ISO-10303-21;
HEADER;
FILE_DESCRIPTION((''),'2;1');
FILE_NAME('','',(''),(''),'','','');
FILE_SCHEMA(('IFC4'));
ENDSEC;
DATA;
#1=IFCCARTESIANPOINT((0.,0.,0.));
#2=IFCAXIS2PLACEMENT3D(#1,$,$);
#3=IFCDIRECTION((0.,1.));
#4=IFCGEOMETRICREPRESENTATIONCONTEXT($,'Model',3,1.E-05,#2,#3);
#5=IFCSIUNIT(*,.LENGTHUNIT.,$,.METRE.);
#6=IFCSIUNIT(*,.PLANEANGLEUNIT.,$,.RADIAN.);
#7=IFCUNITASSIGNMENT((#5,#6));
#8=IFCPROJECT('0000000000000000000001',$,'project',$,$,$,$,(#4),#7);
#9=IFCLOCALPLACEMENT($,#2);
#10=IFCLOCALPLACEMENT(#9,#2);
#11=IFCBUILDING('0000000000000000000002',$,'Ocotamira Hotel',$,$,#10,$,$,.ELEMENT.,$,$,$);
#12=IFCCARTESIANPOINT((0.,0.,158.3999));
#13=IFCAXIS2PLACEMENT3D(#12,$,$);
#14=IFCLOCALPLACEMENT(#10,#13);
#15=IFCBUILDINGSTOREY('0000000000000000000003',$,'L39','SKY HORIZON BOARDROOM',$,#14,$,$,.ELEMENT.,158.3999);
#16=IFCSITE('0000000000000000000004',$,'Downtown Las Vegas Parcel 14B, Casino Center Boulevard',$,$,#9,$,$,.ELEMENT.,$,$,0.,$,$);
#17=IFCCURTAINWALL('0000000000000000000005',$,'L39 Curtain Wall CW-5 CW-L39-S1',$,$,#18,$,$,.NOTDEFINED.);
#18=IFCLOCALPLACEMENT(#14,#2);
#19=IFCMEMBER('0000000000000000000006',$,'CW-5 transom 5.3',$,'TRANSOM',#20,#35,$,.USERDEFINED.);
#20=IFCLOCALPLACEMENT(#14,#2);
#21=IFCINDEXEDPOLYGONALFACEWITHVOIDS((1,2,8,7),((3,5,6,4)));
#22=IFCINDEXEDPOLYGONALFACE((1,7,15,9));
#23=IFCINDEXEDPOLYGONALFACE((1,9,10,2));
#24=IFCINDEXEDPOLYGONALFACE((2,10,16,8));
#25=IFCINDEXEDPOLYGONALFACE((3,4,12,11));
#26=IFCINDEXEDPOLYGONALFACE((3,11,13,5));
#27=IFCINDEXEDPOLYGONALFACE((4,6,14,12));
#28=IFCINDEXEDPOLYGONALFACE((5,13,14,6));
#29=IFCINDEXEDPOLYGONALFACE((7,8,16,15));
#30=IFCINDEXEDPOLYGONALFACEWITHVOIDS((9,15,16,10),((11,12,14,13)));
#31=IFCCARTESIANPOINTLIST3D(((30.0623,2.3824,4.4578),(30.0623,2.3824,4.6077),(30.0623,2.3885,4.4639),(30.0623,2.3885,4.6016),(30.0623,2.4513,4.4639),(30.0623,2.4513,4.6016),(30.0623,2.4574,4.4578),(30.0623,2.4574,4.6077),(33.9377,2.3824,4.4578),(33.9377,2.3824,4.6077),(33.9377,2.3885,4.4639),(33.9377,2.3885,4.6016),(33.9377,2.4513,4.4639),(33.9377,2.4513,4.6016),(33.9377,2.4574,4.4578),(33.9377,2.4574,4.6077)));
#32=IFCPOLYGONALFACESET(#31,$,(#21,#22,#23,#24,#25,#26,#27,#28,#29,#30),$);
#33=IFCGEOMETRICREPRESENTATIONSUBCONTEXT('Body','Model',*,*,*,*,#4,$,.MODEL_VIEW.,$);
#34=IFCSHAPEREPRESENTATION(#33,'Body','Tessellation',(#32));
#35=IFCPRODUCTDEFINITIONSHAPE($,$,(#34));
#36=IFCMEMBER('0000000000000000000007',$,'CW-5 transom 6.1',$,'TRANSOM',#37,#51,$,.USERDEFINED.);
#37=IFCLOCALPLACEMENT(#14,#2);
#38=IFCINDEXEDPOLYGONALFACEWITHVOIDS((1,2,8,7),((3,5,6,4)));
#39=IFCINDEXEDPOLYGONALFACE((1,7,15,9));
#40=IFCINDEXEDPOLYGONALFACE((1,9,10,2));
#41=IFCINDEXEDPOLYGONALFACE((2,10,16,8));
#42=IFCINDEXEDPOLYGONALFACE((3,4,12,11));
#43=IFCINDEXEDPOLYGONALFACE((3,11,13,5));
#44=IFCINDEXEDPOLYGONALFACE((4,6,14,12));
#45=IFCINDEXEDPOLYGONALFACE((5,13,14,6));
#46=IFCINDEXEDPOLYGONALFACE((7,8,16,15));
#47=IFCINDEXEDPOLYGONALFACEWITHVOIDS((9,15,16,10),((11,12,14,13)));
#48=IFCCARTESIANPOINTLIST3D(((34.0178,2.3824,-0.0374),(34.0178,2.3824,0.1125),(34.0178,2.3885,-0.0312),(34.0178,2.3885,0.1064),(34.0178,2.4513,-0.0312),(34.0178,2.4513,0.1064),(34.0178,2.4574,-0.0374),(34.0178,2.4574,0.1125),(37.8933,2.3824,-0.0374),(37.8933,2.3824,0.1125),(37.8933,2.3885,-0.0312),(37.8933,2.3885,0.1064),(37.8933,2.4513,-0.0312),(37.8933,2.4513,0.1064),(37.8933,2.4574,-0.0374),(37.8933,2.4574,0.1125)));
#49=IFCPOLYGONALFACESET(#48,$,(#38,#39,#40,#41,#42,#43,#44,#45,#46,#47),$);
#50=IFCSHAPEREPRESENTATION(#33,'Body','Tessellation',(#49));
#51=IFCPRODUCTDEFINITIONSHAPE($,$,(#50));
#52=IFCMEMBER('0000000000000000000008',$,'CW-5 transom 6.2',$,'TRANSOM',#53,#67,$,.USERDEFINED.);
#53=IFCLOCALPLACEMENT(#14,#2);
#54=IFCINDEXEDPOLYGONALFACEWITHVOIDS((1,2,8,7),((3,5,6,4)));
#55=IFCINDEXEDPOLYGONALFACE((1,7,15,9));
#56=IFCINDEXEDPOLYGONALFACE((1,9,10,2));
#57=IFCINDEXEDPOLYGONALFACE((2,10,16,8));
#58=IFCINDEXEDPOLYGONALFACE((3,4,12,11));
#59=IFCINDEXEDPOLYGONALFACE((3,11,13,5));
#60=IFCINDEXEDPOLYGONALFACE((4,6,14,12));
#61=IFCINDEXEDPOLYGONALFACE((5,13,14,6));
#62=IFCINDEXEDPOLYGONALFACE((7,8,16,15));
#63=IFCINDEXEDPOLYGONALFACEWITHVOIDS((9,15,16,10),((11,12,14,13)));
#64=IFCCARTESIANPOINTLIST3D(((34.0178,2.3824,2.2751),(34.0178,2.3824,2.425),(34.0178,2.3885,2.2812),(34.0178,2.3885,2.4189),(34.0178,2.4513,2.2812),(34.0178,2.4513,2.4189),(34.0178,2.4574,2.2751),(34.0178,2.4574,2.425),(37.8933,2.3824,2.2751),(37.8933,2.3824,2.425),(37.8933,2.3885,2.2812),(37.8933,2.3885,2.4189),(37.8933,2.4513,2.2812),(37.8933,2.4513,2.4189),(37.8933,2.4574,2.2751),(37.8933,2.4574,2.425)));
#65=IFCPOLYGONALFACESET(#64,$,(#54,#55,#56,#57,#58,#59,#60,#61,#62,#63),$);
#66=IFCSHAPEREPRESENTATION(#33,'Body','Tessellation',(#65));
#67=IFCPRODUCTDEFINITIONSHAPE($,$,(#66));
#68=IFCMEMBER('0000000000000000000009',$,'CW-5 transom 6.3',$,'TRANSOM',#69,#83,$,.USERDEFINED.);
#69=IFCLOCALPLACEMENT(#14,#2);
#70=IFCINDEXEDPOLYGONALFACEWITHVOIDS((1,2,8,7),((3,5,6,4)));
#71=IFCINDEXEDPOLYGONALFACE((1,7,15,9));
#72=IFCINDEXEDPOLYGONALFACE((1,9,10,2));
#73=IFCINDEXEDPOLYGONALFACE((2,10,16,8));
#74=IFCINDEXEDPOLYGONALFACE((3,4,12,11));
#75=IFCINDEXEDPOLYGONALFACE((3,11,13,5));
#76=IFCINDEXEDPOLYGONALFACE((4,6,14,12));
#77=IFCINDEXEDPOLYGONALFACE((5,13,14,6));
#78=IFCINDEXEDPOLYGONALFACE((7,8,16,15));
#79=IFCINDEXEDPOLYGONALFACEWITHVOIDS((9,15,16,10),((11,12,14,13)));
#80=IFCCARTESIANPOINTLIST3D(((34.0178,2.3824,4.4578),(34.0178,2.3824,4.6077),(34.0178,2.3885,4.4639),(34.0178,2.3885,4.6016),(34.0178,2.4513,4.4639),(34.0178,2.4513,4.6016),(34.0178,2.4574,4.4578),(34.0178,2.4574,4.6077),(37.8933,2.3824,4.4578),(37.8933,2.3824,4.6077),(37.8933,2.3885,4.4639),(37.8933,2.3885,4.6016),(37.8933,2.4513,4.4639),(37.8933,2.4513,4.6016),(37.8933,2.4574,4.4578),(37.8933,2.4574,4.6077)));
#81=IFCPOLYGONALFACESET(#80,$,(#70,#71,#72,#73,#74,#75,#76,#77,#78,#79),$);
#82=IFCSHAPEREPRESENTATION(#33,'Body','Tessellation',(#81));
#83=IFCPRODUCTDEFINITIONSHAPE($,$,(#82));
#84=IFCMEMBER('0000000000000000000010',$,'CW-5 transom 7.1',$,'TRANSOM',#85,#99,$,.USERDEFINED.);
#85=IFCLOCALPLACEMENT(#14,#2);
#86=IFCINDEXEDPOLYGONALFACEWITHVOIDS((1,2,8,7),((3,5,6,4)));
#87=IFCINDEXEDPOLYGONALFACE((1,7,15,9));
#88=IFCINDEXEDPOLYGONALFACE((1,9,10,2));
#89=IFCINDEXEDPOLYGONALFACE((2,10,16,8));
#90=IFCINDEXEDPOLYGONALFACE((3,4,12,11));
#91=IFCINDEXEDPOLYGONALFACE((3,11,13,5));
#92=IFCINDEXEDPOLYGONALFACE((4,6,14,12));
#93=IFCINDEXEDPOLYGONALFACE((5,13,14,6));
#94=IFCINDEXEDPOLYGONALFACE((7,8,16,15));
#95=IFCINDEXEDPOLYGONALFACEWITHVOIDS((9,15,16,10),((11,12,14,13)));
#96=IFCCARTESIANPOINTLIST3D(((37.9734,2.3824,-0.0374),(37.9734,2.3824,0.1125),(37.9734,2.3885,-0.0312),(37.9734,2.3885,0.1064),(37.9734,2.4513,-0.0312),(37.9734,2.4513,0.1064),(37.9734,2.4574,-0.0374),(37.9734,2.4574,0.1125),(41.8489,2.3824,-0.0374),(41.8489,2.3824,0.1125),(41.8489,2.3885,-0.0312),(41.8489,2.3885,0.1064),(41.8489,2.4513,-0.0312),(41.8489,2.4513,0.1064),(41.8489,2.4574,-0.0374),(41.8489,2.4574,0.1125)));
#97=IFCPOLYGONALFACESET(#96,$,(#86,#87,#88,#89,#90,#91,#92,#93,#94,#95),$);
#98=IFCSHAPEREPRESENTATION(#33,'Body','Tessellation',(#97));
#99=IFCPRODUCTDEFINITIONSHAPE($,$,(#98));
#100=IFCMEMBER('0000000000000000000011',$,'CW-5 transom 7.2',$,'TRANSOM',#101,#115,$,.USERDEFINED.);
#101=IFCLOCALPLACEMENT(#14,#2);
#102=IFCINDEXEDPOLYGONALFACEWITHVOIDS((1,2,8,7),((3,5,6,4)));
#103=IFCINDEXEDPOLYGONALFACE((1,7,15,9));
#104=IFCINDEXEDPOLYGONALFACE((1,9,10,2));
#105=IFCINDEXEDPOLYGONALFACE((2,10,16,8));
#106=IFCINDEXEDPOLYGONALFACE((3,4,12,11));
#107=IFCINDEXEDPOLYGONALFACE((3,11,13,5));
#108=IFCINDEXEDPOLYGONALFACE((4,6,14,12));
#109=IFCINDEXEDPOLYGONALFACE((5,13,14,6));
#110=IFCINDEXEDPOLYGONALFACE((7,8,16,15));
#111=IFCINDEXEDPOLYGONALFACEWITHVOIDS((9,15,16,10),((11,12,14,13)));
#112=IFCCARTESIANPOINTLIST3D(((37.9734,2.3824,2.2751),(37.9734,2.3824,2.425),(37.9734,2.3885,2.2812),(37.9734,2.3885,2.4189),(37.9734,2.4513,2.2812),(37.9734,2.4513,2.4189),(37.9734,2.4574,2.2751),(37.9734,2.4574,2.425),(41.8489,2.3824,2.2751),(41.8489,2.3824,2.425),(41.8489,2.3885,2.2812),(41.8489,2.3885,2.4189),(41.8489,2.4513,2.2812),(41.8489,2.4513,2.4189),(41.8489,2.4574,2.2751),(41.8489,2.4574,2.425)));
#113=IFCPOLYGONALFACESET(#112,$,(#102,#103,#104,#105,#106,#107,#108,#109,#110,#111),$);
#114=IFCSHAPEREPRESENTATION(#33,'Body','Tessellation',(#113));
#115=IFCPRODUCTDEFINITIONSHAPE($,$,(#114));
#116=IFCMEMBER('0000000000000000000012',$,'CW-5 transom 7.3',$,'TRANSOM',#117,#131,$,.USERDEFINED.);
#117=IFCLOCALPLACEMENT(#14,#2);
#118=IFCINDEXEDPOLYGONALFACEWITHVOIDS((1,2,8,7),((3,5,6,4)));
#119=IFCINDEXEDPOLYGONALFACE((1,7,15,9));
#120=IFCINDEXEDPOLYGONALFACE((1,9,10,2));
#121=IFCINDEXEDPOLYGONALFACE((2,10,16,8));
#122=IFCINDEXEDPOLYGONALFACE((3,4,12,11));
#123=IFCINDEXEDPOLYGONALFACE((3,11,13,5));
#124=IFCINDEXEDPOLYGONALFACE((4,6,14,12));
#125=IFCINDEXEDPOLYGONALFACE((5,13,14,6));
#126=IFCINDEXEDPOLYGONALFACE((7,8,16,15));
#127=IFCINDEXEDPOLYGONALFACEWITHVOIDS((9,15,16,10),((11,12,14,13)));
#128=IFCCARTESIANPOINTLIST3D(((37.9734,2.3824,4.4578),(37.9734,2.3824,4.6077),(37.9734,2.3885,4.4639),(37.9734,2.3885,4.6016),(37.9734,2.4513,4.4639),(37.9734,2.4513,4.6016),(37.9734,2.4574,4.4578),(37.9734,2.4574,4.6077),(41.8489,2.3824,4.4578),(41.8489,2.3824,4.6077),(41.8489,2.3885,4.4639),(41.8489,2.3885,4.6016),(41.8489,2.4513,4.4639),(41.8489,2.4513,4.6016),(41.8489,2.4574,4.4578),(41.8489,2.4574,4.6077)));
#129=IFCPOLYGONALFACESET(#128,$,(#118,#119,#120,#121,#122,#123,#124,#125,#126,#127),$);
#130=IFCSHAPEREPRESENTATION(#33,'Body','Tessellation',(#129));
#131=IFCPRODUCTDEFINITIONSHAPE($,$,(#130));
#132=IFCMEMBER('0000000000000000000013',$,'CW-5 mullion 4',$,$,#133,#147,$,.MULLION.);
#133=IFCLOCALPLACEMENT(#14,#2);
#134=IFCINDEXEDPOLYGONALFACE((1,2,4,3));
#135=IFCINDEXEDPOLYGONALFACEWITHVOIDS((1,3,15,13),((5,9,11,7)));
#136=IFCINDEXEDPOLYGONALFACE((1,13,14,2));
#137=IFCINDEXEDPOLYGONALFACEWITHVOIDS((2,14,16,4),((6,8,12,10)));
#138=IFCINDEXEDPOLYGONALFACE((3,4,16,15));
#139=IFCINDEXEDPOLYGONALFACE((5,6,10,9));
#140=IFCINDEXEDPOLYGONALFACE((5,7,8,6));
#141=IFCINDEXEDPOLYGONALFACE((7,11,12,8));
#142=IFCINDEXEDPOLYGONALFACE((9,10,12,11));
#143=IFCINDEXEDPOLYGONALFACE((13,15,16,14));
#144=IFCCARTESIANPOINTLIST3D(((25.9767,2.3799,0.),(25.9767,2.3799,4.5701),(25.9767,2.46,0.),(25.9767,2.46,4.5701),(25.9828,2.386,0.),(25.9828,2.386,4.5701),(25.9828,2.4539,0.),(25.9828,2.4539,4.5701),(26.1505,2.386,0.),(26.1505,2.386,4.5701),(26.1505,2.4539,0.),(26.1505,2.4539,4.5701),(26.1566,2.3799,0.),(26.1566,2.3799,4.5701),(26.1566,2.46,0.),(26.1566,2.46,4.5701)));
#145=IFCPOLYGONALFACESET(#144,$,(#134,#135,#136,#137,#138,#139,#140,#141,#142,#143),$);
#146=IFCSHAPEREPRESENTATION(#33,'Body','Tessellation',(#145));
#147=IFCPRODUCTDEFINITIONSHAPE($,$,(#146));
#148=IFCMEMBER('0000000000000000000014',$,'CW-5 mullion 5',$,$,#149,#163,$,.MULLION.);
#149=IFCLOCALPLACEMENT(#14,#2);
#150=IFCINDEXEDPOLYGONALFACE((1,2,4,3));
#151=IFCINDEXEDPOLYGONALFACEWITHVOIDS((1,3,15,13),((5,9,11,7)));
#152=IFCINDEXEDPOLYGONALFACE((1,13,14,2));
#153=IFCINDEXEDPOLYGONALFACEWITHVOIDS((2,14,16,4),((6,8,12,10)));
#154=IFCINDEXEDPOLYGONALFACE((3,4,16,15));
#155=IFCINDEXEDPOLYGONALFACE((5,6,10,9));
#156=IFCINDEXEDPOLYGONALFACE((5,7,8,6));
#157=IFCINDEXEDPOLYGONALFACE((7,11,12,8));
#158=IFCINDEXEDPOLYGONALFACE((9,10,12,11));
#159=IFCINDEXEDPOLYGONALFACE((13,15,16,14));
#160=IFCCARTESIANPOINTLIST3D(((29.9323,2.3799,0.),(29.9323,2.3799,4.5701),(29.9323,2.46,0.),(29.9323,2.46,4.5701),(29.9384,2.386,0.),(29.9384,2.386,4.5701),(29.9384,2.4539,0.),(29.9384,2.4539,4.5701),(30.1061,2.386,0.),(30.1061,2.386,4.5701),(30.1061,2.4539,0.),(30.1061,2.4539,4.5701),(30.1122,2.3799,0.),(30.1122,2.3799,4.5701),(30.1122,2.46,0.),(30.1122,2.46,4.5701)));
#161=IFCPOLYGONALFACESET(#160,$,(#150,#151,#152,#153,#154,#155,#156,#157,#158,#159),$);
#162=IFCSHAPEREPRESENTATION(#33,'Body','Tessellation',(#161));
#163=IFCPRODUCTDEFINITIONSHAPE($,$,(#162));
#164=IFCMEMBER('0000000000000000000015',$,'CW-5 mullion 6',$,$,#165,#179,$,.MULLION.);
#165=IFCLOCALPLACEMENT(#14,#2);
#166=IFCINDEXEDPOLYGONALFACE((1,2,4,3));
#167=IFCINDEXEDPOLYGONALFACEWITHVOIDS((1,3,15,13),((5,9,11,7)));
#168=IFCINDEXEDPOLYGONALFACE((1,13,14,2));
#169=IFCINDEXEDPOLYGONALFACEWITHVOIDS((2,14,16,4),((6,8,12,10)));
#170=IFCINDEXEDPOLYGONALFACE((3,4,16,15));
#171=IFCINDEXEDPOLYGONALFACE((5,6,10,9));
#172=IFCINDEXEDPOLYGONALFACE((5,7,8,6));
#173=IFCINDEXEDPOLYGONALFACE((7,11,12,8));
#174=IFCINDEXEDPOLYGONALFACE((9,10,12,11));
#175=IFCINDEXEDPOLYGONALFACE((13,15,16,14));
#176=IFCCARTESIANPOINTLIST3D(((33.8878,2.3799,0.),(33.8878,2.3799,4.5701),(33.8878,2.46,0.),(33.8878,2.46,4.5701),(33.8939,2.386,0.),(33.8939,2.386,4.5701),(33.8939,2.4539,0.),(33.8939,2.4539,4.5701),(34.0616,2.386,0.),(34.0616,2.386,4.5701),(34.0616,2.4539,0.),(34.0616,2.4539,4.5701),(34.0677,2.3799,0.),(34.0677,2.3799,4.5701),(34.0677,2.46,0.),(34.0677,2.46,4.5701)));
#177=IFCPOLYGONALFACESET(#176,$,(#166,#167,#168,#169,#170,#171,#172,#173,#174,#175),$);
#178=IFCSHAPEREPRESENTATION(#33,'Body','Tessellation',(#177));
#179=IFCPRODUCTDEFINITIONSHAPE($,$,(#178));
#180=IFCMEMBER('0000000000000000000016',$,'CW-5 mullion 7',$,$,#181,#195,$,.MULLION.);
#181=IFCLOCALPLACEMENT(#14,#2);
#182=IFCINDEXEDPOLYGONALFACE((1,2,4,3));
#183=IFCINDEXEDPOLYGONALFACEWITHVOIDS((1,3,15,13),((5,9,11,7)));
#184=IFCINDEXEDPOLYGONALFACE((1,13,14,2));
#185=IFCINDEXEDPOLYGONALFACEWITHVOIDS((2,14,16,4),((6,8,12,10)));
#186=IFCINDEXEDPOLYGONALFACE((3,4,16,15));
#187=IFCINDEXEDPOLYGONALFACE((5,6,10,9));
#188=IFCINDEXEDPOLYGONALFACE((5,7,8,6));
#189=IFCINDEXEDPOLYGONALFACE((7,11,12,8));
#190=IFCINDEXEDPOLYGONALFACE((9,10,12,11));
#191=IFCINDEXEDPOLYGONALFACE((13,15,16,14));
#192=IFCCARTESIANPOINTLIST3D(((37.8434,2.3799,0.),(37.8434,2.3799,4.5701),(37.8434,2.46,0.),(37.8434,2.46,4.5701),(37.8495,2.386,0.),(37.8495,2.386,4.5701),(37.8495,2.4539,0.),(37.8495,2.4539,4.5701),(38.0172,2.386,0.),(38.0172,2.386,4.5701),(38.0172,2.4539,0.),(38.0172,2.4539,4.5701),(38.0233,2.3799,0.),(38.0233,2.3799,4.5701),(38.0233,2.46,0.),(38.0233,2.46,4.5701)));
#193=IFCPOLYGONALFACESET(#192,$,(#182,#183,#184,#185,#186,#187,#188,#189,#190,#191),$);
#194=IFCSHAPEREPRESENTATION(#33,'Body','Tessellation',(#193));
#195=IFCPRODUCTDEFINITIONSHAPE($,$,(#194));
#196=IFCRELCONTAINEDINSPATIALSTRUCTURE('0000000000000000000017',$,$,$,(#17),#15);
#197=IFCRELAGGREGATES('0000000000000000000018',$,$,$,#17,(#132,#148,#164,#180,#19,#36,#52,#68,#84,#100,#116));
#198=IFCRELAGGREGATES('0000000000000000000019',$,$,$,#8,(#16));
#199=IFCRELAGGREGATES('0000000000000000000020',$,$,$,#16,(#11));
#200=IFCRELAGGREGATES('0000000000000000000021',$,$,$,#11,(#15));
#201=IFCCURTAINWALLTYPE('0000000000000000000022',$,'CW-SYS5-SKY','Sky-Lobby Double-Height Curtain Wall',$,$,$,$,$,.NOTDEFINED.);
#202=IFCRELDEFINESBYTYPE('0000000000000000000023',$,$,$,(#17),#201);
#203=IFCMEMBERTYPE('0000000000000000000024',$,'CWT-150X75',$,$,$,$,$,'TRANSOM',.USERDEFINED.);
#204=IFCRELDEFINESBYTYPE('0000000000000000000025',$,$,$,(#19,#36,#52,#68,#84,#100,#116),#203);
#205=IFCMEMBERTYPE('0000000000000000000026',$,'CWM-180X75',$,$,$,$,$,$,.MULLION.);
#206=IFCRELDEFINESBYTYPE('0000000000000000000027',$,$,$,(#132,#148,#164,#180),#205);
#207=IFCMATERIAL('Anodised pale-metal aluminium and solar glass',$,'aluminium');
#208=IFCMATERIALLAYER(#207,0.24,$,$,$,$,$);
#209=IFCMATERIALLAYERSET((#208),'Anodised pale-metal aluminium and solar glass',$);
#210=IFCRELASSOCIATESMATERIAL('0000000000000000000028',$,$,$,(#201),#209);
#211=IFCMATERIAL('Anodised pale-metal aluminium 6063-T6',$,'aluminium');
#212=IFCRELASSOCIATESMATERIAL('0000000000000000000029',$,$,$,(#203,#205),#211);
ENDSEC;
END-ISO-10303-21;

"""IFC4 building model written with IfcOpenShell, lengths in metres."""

from ifc_helpers import new_model, si_unit, direction, frame, origin, origin_2d, place, context, subcontext, project, spatial, hollow_rectangle, extrude, source, transform, mapped, material, layer, layer_set, material_profile, profile_set, type_object, element, aggregate, save


model = new_model("IFC4")

# Units and contexts
model_context = context("Model", 3, precision=1e-05, world=origin(), true_north=direction((0.0, 1.0)))
body_context = subcontext(model_context, "Body", "Model", "MODEL_VIEW")
ifc_project = project(units=[si_unit("LENGTHUNIT", "METRE"), si_unit("PLANEANGLEUNIT", "RADIAN")], contexts=[model_context])

# Site, building, storey
site_placement = place(None, origin())
site = spatial("IfcSite", under=ifc_project, at=site_placement, Name="Downtown Las Vegas Parcel 14B, Casino Center Boulevard", CompositionType="ELEMENT", RefElevation=0.0)
building_placement = place(site_placement, origin())
building = spatial("IfcBuilding", under=site, at=building_placement, Name="Ocotamira Hotel", CompositionType="ELEMENT")
storey_placement = place(building_placement, frame((0.0, 0.0, 158.3999)))
storey = spatial("IfcBuildingStorey", under=building, at=storey_placement, Name="L39", Description="SKY HORIZON BOARDROOM", CompositionType="ELEMENT", Elevation=158.3999)

# Curtain wall, members
ifc_material_1 = material(Name="Anodised pale-metal aluminium and solar glass", Category="aluminium")
ifc_layer_1 = layer(ifc_material_1, 0.24)
ifc_layer_set_1 = layer_set([ifc_layer_1], Name="Anodised pale-metal aluminium and solar glass")
curtain_wall_type = type_object("IfcCurtainWallType", Name="CW-SYS5-SKY", Description="Sky-Lobby Double-Height Curtain Wall", PredefinedType="NOTDEFINED", material=ifc_layer_set_1)
curtain_wall_placement = place(storey_placement, origin())
curtain_wall = element("IfcCurtainWall", 1, at=curtain_wall_placement, inside=storey, type_object=curtain_wall_type, Name="L39 Curtain Wall CW-5 CW-L39-S1", PredefinedType="NOTDEFINED")
ifc_material_2 = material(Name="Anodised pale-metal aluminium 6063-T6", Category="aluminium")
ifc_material_profile_1 = material_profile(ifc_material_2, hollow_rectangle(XDim=0.075, YDim=0.1499, WallThickness=0.0061, at=origin_2d()), Name="HSS150X75X6")
ifc_profile_set_1 = profile_set([ifc_material_profile_1], Name="Anodised pale-metal aluminium 6063-T6")
member_type_1 = type_object("IfcMemberType", Name="CWT-150X75", ElementType="TRANSOM", PredefinedType="USERDEFINED", material=ifc_profile_set_1)
shared_shape_1 = source(origin(), body_context, "Body", "SweptSolid", [
    extrude(hollow_rectangle(XDim=0.075, YDim=0.1499, WallThickness=0.0061, at=origin_2d()), origin(), (0.0, 0.0, 1.0), 3.8755),
])
member_1_placement = place(storey_placement, frame((30.0623, 2.4199, 4.5327), z_axis=(1.0, 0.0, 0.0), x_axis=(0.0, 1.0, 0.0)))
member_1 = element("IfcMember", 2, at=member_1_placement, type_object=member_type_1, Name="CW-5 transom 5.3", ObjectType="TRANSOM", PredefinedType="USERDEFINED", context=body_context, shape_type="MappedRepresentation", body=[
    mapped(shared_shape_1, transform((0.0, 0.0, 0.0), scale=1.0)),
])
member_2_placement = place(storey_placement, frame((34.0178, 2.4199, 0.0376), z_axis=(1.0, 0.0, 0.0), x_axis=(0.0, 1.0, 0.0)))
member_2 = element("IfcMember", 3, at=member_2_placement, type_object=member_type_1, Name="CW-5 transom 6.1", ObjectType="TRANSOM", PredefinedType="USERDEFINED", context=body_context, shape_type="MappedRepresentation", body=[
    mapped(shared_shape_1, transform((0.0, 0.0, 0.0), scale=1.0)),
])
member_3_placement = place(storey_placement, frame((34.0178, 2.4199, 2.3501), z_axis=(1.0, 0.0, 0.0), x_axis=(0.0, 1.0, 0.0)))
member_3 = element("IfcMember", 4, at=member_3_placement, type_object=member_type_1, Name="CW-5 transom 6.2", ObjectType="TRANSOM", PredefinedType="USERDEFINED", context=body_context, shape_type="MappedRepresentation", body=[
    mapped(shared_shape_1, transform((0.0, 0.0, 0.0), scale=1.0)),
])
member_4_placement = place(storey_placement, frame((34.0178, 2.4199, 4.5327), z_axis=(1.0, 0.0, 0.0), x_axis=(0.0, 1.0, 0.0)))
member_4 = element("IfcMember", 5, at=member_4_placement, type_object=member_type_1, Name="CW-5 transom 6.3", ObjectType="TRANSOM", PredefinedType="USERDEFINED", context=body_context, shape_type="MappedRepresentation", body=[
    mapped(shared_shape_1, transform((0.0, 0.0, 0.0), scale=1.0)),
])
member_5_placement = place(storey_placement, frame((37.9734, 2.4199, 0.0376), z_axis=(1.0, 0.0, 0.0), x_axis=(0.0, 1.0, 0.0)))
member_5 = element("IfcMember", 6, at=member_5_placement, type_object=member_type_1, Name="CW-5 transom 7.1", ObjectType="TRANSOM", PredefinedType="USERDEFINED", context=body_context, shape_type="MappedRepresentation", body=[
    mapped(shared_shape_1, transform((0.0, 0.0, 0.0), scale=1.0)),
])
member_6_placement = place(storey_placement, frame((37.9734, 2.4199, 2.3501), z_axis=(1.0, 0.0, 0.0), x_axis=(0.0, 1.0, 0.0)))
member_6 = element("IfcMember", 7, at=member_6_placement, type_object=member_type_1, Name="CW-5 transom 7.2", ObjectType="TRANSOM", PredefinedType="USERDEFINED", context=body_context, shape_type="MappedRepresentation", body=[
    mapped(shared_shape_1, transform((0.0, 0.0, 0.0), scale=1.0)),
])
member_7_placement = place(storey_placement, frame((37.9734, 2.4199, 4.5327), z_axis=(1.0, 0.0, 0.0), x_axis=(0.0, 1.0, 0.0)))
member_7 = element("IfcMember", 8, at=member_7_placement, type_object=member_type_1, Name="CW-5 transom 7.3", ObjectType="TRANSOM", PredefinedType="USERDEFINED", context=body_context, shape_type="MappedRepresentation", body=[
    mapped(shared_shape_1, transform((0.0, 0.0, 0.0), scale=1.0)),
])
ifc_material_profile_2 = material_profile(ifc_material_2, hollow_rectangle(XDim=0.0801, YDim=0.1799, WallThickness=0.0061, at=origin_2d()), Name="HSS180X80X6")
ifc_profile_set_2 = profile_set([ifc_material_profile_2], Name="Anodised pale-metal aluminium 6063-T6")
member_type_2 = type_object("IfcMemberType", Name="CWM-180X75", PredefinedType="MULLION", material=ifc_profile_set_2)
shared_shape_2 = source(origin(), body_context, "Body", "SweptSolid", [
    extrude(hollow_rectangle(XDim=0.0801, YDim=0.1799, WallThickness=0.0061, at=origin_2d()), origin(), (0.0, 0.0, 1.0), 4.5701),
])
member_8_placement = place(storey_placement, frame((26.0667, 2.4199, 0.0), z_axis=(0.0, 0.0, 1.0), x_axis=(0.0, 1.0, 0.0)))
member_8 = element("IfcMember", 9, at=member_8_placement, type_object=member_type_2, Name="CW-5 mullion 4", PredefinedType="MULLION", context=body_context, shape_type="MappedRepresentation", body=[
    mapped(shared_shape_2, transform((0.0, 0.0, 0.0), scale=1.0)),
])
member_9_placement = place(storey_placement, frame((30.0222, 2.4199, 0.0), z_axis=(0.0, 0.0, 1.0), x_axis=(0.0, 1.0, 0.0)))
member_9 = element("IfcMember", 10, at=member_9_placement, type_object=member_type_2, Name="CW-5 mullion 5", PredefinedType="MULLION", context=body_context, shape_type="MappedRepresentation", body=[
    mapped(shared_shape_2, transform((0.0, 0.0, 0.0), scale=1.0)),
])
member_10_placement = place(storey_placement, frame((33.9778, 2.4199, 0.0), z_axis=(0.0, 0.0, 1.0), x_axis=(0.0, 1.0, 0.0)))
member_10 = element("IfcMember", 11, at=member_10_placement, type_object=member_type_2, Name="CW-5 mullion 6", PredefinedType="MULLION", context=body_context, shape_type="MappedRepresentation", body=[
    mapped(shared_shape_2, transform((0.0, 0.0, 0.0), scale=1.0)),
])
member_11_placement = place(storey_placement, frame((37.9333, 2.4199, 0.0), z_axis=(0.0, 0.0, 1.0), x_axis=(0.0, 1.0, 0.0)))
member_11 = element("IfcMember", 12, at=member_11_placement, type_object=member_type_2, Name="CW-5 mullion 7", PredefinedType="MULLION", context=body_context, shape_type="MappedRepresentation", body=[
    mapped(shared_shape_2, transform((0.0, 0.0, 0.0), scale=1.0)),
])

aggregate(curtain_wall, [member_8, member_9, member_10, member_11, member_1, member_2, member_3, member_4, member_5, member_6, member_7])

save(model, "model.ifc")
